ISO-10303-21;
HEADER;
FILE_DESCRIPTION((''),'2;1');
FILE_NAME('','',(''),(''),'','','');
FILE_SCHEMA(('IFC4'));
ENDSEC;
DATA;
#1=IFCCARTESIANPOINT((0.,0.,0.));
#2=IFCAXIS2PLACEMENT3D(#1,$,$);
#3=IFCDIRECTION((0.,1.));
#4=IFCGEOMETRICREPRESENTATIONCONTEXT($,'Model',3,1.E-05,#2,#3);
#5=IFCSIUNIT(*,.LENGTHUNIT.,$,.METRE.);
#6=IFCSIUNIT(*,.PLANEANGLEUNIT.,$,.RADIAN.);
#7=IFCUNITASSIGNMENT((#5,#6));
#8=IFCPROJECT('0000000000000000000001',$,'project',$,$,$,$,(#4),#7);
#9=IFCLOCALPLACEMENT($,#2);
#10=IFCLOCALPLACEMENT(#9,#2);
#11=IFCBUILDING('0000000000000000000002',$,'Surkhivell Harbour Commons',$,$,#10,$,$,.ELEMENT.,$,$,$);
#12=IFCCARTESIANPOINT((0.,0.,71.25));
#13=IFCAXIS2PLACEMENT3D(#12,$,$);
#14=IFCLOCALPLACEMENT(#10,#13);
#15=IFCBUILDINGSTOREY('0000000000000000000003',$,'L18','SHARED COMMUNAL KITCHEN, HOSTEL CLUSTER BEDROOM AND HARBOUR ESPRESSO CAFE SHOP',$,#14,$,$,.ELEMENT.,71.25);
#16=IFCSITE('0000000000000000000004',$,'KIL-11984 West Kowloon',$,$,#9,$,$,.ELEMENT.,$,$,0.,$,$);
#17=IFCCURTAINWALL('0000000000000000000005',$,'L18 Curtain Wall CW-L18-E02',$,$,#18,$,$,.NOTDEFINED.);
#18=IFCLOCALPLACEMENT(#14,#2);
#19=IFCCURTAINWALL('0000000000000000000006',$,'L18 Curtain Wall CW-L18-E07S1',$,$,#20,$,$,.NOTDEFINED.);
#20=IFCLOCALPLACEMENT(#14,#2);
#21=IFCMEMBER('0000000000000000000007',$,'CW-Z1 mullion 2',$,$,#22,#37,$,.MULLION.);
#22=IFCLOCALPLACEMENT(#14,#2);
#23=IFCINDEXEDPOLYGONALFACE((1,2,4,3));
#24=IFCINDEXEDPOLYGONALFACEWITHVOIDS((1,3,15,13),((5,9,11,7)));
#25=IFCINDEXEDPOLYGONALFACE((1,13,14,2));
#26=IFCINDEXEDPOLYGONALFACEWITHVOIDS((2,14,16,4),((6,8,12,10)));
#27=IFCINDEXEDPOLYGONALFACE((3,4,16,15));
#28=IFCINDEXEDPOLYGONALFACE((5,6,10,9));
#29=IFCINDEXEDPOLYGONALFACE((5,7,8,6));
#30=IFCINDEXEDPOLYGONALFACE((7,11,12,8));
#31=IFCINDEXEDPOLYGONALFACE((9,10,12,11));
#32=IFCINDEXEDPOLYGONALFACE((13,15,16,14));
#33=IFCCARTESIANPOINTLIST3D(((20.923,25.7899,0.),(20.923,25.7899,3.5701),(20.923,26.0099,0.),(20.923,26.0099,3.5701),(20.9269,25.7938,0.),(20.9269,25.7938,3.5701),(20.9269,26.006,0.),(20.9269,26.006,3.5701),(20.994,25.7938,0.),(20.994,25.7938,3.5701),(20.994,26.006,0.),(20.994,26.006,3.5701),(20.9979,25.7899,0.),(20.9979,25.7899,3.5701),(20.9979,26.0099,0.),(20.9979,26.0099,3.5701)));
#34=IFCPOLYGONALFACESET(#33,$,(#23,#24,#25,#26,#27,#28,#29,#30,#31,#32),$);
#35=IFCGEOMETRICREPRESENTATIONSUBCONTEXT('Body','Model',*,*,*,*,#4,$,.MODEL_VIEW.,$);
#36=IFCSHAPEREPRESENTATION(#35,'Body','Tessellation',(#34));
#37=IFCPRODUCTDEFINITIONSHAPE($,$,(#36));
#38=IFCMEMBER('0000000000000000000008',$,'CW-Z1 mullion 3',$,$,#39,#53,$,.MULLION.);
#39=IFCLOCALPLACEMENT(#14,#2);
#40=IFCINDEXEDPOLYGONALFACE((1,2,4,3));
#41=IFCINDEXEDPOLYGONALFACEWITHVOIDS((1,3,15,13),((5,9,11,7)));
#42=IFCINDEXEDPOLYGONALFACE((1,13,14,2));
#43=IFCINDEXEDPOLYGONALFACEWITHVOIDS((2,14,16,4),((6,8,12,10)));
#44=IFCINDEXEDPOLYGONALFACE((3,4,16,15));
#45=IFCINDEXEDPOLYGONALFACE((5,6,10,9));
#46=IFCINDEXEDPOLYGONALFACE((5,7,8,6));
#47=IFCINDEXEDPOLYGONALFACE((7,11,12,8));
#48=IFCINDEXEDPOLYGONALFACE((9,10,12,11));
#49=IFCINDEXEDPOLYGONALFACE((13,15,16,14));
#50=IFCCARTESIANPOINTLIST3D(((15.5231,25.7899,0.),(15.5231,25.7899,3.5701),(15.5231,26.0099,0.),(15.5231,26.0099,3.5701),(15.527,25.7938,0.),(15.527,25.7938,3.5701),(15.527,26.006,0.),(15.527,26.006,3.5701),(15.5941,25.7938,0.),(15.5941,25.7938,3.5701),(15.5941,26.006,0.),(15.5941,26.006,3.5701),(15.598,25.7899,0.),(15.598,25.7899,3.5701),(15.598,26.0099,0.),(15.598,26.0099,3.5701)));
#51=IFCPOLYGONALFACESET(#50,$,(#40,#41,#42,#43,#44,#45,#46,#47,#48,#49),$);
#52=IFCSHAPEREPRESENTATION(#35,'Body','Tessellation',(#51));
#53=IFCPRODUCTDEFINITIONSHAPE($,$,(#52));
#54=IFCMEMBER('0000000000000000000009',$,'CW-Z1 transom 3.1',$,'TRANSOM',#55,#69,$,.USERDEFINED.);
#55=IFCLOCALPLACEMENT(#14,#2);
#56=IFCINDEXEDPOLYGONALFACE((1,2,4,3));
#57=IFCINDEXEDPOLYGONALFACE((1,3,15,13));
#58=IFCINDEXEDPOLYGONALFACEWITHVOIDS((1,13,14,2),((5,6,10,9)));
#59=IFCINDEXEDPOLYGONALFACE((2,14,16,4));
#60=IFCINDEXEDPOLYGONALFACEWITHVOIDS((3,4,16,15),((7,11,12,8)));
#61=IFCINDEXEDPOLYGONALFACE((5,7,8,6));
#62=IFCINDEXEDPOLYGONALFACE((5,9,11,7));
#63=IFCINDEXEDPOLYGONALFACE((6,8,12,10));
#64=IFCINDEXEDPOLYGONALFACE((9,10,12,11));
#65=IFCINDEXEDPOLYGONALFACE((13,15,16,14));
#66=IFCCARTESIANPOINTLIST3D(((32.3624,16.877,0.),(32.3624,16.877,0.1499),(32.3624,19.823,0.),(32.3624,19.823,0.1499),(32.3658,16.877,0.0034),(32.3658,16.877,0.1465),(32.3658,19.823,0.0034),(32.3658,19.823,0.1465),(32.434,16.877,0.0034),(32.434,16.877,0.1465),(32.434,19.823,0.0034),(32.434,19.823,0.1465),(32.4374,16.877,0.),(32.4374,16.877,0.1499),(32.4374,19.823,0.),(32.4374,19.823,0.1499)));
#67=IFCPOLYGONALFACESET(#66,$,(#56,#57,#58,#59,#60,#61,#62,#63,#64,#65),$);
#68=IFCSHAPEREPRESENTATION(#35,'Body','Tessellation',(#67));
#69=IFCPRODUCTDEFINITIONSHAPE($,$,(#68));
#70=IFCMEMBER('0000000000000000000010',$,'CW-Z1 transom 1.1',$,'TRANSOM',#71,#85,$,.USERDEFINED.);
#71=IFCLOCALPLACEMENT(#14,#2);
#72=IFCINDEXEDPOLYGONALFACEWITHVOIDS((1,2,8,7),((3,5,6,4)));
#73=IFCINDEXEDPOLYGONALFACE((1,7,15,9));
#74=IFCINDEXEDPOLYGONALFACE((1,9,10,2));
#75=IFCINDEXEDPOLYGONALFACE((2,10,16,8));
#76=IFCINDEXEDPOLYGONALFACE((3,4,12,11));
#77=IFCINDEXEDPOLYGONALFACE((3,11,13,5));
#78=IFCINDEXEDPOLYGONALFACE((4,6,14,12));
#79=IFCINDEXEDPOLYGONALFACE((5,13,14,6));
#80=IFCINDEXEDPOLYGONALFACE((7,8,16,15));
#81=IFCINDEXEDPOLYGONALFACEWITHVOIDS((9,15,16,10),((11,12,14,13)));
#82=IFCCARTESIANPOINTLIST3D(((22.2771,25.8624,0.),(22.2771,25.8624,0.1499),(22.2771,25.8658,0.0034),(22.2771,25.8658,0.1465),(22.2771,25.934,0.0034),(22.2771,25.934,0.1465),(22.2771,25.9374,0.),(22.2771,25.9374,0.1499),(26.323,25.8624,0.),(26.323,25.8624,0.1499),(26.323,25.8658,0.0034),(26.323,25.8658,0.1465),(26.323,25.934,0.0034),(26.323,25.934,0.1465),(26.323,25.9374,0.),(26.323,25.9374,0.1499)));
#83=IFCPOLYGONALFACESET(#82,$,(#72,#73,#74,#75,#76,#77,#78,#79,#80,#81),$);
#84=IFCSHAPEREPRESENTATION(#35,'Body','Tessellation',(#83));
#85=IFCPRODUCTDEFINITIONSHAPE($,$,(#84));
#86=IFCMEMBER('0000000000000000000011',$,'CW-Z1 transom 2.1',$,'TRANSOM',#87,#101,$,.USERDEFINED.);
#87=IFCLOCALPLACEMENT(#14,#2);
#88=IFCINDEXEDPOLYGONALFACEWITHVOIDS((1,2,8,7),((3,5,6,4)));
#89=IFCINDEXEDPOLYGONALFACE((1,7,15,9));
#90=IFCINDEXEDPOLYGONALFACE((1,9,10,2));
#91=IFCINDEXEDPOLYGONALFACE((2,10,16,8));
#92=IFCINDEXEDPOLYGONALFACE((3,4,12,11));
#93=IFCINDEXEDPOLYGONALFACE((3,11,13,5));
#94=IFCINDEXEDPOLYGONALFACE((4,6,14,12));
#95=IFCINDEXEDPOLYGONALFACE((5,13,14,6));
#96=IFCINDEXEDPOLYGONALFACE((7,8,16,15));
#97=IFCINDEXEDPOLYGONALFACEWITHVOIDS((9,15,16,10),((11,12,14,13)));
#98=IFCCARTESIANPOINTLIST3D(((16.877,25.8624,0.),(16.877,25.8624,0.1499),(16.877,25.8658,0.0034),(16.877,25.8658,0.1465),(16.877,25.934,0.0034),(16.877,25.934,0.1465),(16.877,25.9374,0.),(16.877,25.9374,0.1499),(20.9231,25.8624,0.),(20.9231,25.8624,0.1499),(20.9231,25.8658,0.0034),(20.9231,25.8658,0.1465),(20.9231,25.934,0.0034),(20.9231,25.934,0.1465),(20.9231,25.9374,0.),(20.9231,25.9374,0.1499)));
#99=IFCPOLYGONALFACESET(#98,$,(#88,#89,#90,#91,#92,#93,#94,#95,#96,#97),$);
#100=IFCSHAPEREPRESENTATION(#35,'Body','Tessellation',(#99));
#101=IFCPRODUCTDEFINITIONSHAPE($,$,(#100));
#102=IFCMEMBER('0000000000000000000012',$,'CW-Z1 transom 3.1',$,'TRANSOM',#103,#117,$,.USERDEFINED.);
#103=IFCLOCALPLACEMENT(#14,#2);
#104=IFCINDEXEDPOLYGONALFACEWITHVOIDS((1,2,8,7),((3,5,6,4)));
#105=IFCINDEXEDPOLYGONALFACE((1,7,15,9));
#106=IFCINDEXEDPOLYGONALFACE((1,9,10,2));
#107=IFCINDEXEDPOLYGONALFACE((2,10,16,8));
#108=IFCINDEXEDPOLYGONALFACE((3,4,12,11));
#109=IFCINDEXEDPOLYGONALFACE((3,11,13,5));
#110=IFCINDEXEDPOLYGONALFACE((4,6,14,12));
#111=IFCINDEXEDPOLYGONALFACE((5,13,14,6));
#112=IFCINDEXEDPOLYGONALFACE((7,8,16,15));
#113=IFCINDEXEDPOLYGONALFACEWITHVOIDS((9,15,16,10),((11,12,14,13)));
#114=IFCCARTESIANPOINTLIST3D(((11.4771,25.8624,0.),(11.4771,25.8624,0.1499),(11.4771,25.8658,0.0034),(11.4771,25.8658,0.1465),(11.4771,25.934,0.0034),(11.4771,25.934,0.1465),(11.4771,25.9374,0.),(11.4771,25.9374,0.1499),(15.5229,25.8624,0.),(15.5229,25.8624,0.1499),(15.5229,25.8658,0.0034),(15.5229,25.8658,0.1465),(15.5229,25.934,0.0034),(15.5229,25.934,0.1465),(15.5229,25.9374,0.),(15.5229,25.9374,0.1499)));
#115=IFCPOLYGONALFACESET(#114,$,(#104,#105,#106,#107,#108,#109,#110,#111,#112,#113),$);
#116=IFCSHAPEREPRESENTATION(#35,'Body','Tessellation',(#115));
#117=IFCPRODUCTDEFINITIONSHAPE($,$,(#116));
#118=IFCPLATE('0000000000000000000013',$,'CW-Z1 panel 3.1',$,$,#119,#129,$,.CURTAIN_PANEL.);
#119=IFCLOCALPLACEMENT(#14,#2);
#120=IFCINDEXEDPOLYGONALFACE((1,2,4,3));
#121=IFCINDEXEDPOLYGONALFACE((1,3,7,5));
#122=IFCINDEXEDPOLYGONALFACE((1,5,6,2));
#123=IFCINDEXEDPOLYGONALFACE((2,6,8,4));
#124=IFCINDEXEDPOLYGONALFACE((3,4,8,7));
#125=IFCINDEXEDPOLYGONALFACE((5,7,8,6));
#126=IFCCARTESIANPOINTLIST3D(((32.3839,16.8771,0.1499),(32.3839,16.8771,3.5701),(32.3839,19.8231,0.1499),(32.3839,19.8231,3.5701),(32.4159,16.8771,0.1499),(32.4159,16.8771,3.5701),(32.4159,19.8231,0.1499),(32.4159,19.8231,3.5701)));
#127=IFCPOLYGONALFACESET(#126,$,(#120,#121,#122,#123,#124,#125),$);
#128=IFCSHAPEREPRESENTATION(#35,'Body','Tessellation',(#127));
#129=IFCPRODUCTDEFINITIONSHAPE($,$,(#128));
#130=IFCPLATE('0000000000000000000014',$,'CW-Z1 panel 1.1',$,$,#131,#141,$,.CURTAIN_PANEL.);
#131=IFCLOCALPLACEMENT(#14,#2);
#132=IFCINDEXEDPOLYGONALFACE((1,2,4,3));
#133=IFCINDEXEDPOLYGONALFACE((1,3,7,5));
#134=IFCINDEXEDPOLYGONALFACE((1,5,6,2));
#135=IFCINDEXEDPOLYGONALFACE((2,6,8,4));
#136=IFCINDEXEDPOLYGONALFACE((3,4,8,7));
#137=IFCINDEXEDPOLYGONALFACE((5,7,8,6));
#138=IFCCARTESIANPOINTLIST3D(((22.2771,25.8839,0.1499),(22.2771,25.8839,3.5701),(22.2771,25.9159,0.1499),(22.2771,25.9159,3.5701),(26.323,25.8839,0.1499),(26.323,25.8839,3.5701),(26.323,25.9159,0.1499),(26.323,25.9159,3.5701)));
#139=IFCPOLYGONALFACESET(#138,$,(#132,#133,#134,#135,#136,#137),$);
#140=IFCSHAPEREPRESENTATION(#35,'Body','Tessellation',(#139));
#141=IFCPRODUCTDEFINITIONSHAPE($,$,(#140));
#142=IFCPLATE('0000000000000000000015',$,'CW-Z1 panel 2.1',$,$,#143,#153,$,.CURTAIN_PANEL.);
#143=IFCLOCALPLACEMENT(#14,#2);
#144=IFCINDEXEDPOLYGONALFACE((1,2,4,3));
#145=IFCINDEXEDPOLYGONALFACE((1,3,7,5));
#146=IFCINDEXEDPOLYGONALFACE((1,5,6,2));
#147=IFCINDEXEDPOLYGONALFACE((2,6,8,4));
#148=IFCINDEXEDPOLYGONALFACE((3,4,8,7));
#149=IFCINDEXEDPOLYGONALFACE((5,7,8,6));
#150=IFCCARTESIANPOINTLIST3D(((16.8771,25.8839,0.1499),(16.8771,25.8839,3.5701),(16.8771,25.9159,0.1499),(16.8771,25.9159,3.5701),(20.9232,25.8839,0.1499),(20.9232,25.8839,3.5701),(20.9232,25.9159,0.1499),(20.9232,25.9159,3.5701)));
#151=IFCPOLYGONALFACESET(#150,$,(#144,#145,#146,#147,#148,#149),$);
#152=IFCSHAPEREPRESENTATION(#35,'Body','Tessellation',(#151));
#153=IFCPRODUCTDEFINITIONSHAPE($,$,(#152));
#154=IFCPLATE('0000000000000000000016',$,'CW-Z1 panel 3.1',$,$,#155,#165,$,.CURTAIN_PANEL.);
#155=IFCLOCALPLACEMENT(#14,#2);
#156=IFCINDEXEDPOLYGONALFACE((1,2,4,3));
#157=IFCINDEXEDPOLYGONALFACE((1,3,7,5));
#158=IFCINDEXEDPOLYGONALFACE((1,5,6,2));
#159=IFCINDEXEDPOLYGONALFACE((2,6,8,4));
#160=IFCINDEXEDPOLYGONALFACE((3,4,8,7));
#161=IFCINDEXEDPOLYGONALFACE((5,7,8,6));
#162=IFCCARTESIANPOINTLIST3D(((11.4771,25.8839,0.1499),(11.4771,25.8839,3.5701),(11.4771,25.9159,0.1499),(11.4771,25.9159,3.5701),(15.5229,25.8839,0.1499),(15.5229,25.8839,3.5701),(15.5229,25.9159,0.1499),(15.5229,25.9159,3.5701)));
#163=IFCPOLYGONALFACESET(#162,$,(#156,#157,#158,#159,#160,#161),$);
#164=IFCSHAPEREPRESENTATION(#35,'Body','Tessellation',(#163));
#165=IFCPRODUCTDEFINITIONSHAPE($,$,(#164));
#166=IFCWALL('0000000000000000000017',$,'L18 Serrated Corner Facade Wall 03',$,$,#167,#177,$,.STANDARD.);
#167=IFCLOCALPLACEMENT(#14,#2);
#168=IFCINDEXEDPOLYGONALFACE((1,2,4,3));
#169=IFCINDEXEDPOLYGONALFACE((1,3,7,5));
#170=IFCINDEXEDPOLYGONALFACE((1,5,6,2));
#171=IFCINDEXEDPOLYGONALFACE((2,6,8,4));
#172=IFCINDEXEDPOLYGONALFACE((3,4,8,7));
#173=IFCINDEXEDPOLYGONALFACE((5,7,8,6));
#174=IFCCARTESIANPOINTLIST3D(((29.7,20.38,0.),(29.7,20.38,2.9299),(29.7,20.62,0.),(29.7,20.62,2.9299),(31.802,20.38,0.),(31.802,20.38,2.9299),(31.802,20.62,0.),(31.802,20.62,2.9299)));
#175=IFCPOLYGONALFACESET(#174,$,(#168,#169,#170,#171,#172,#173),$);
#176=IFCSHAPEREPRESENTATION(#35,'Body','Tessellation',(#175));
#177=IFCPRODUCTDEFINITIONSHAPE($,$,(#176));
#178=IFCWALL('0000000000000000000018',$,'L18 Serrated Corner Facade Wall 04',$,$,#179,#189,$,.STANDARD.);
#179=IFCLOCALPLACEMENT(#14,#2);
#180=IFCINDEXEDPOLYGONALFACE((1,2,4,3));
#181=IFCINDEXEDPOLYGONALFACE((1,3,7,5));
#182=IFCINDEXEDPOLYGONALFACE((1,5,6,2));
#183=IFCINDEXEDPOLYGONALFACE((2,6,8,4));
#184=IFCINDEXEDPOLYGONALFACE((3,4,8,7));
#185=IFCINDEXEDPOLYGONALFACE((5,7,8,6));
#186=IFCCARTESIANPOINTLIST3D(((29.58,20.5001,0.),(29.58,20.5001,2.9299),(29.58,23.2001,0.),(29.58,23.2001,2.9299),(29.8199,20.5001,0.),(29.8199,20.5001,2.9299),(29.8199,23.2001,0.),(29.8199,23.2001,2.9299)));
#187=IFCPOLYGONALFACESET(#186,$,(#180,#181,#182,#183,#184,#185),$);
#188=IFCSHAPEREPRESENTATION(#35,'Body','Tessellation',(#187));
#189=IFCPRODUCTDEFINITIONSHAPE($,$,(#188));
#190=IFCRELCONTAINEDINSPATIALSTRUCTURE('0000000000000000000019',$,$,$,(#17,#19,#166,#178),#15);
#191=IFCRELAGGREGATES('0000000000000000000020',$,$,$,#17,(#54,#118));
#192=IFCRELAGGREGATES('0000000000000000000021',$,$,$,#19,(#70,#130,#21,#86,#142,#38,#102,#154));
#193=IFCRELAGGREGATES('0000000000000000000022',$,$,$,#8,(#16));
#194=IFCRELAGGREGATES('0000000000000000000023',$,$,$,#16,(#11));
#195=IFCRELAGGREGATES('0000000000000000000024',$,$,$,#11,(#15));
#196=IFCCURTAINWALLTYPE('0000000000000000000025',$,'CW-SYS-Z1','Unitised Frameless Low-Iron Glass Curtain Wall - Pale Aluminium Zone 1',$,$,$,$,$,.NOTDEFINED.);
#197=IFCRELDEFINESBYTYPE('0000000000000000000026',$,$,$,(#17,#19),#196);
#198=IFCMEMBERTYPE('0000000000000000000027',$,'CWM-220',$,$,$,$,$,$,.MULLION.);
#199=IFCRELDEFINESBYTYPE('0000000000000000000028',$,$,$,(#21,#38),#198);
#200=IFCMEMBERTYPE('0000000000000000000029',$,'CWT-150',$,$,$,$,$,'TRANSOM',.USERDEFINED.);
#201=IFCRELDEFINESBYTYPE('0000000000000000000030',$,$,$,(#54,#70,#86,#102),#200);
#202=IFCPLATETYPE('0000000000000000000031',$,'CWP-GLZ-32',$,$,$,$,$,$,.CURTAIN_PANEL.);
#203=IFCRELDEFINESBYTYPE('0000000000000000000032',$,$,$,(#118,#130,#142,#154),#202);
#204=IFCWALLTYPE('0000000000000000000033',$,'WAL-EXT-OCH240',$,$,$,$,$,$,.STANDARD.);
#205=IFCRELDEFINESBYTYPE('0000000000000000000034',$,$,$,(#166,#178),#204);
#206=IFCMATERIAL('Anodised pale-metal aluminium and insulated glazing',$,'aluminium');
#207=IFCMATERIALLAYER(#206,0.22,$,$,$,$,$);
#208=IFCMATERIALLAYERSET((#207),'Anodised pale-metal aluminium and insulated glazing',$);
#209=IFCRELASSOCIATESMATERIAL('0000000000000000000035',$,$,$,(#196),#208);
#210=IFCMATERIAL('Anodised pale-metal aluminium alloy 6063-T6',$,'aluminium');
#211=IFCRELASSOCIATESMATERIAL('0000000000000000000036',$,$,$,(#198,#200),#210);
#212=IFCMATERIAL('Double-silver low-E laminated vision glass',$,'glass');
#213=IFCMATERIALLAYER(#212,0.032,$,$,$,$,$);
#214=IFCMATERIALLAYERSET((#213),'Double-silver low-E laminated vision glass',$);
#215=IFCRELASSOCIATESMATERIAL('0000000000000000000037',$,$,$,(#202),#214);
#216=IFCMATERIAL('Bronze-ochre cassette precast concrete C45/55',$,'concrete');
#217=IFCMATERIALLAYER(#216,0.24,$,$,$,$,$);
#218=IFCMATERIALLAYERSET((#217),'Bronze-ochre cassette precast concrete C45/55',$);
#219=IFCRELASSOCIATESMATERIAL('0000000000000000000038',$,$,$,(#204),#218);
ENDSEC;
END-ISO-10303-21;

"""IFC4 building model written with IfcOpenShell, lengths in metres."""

from ifc_helpers import new_model, si_unit, direction, frame, frame_2d, origin, origin_2d, place, context, subcontext, project, spatial, rectangle, hollow_rectangle, extrude, material, layer, layer_set, material_profile, profile_set, type_object, element, aggregate, save


model = new_model("IFC4")

# Units and contexts
model_context = context("Model", 3, precision=1e-05, world=origin(), true_north=direction((0.0, 1.0)))
body_context = subcontext(model_context, "Body", "Model", "MODEL_VIEW")
ifc_project = project(units=[si_unit("LENGTHUNIT", "METRE"), si_unit("PLANEANGLEUNIT", "RADIAN")], contexts=[model_context])

# Site, building, storey
site_placement = place(None, origin())
site = spatial("IfcSite", under=ifc_project, at=site_placement, Name="KIL-11984 West Kowloon", CompositionType="ELEMENT", RefElevation=0.0)
building_placement = place(site_placement, origin())
building = spatial("IfcBuilding", under=site, at=building_placement, Name="Surkhivell Harbour Commons", CompositionType="ELEMENT")
storey_placement = place(building_placement, frame((0.0, 0.0, 71.25)))
storey = spatial("IfcBuildingStorey", under=building, at=storey_placement, Name="L18", Description="SHARED COMMUNAL KITCHEN, HOSTEL CLUSTER BEDROOM AND HARBOUR ESPRESSO CAFE SHOP", CompositionType="ELEMENT", Elevation=71.25)

# Curtain wall
ifc_material_1 = material(Name="Anodised pale-metal aluminium and insulated glazing", Category="aluminium")
ifc_layer_1 = layer(ifc_material_1, 0.22)
ifc_layer_set_1 = layer_set([ifc_layer_1], Name="Anodised pale-metal aluminium and insulated glazing")
curtain_wall_type = type_object("IfcCurtainWallType", Name="CW-SYS-Z1", Description="Unitised Frameless Low-Iron Glass Curtain Wall - Pale Aluminium Zone 1", PredefinedType="NOTDEFINED", material=ifc_layer_set_1)
curtain_wall_1_placement = place(storey_placement, origin())
curtain_wall_1 = element("IfcCurtainWall", 1, at=curtain_wall_1_placement, inside=storey, type_object=curtain_wall_type, Name="L18 Curtain Wall CW-L18-E02", PredefinedType="NOTDEFINED")
ifc_material_2 = material(Name="Anodised pale-metal aluminium alloy 6063-T6", Category="aluminium")
ifc_material_profile_1 = material_profile(ifc_material_2, hollow_rectangle(XDim=0.075, YDim=0.22, WallThickness=0.0039, at=origin_2d()), Name="ALU-MULL-75x220")
ifc_profile_set_1 = profile_set([ifc_material_profile_1], Name="Anodised pale-metal aluminium alloy 6063-T6")
member_type_1 = type_object("IfcMemberType", Name="CWM-220", PredefinedType="MULLION", material=ifc_profile_set_1)

# Curtain wall, members
curtain_wall_2_placement = place(storey_placement, origin())
curtain_wall_2 = element("IfcCurtainWall", 2, at=curtain_wall_2_placement, inside=storey, type_object=curtain_wall_type, Name="L18 Curtain Wall CW-L18-E07S1", PredefinedType="NOTDEFINED")
member_1_placement = place(storey_placement, frame((20.9604, 25.8999, 0.0), z_axis=(0.0, 0.0, 1.0), x_axis=(-1.0, 0.0, 0.0)))
member_1 = element("IfcMember", 3, at=member_1_placement, type_object=member_type_1, Name="CW-Z1 mullion 2", PredefinedType="MULLION", context=body_context, shape_type="SweptSolid", body=[
    extrude(hollow_rectangle(XDim=0.075, YDim=0.22, WallThickness=0.0039, at=origin_2d()), origin(), (0.0, 0.0, 1.0), 3.5701),
])
member_2_placement = place(storey_placement, frame((15.5605, 25.8999, 0.0), z_axis=(0.0, 0.0, 1.0), x_axis=(-1.0, 0.0, 0.0)))
member_2 = element("IfcMember", 4, at=member_2_placement, type_object=member_type_1, Name="CW-Z1 mullion 3", PredefinedType="MULLION", context=body_context, shape_type="SweptSolid", body=[
    extrude(hollow_rectangle(XDim=0.075, YDim=0.22, WallThickness=0.0039, at=origin_2d()), origin(), (0.0, 0.0, 1.0), 3.5701),
])

# Members
ifc_material_profile_2 = material_profile(ifc_material_2, hollow_rectangle(XDim=0.075, YDim=0.1499, WallThickness=0.0034, at=origin_2d()), Name="ALU-TRAN-75x150")
ifc_profile_set_2 = profile_set([ifc_material_profile_2], Name="Anodised pale-metal aluminium alloy 6063-T6")
member_type_2 = type_object("IfcMemberType", Name="CWT-150", ElementType="TRANSOM", PredefinedType="USERDEFINED", material=ifc_profile_set_2)
member_3_placement = place(storey_placement, frame((32.3999, 16.877, 0.075), z_axis=(0.0, 1.0, 0.0), x_axis=(-1.0, 0.0, 0.0)))
member_3 = element("IfcMember", 5, at=member_3_placement, type_object=member_type_2, Name="CW-Z1 transom 3.1", ObjectType="TRANSOM", PredefinedType="USERDEFINED", context=body_context, shape_type="SweptSolid", body=[
    extrude(hollow_rectangle(XDim=0.075, YDim=0.1499, WallThickness=0.0034, at=origin_2d()), origin(), (0.0, 0.0, 1.0), 2.946),
])
member_4_placement = place(storey_placement, frame((26.323, 25.8999, 0.075), z_axis=(-1.0, 0.0, 0.0), x_axis=(0.0, -1.0, 0.0)))
member_4 = element("IfcMember", 6, at=member_4_placement, type_object=member_type_2, Name="CW-Z1 transom 1.1", ObjectType="TRANSOM", PredefinedType="USERDEFINED", context=body_context, shape_type="SweptSolid", body=[
    extrude(hollow_rectangle(XDim=0.075, YDim=0.1499, WallThickness=0.0034, at=origin_2d()), origin(), (0.0, 0.0, 1.0), 4.0459),
])
member_5_placement = place(storey_placement, frame((20.9231, 25.8999, 0.075), z_axis=(-1.0, 0.0, 0.0), x_axis=(0.0, -1.0, 0.0)))
member_5 = element("IfcMember", 7, at=member_5_placement, type_object=member_type_2, Name="CW-Z1 transom 2.1", ObjectType="TRANSOM", PredefinedType="USERDEFINED", context=body_context, shape_type="SweptSolid", body=[
    extrude(hollow_rectangle(XDim=0.075, YDim=0.1499, WallThickness=0.0034, at=origin_2d()), origin(), (0.0, 0.0, 1.0), 4.0461),
])
member_6_placement = place(storey_placement, frame((15.5229, 25.8999, 0.075), z_axis=(-1.0, 0.0, 0.0), x_axis=(0.0, -1.0, 0.0)))
member_6 = element("IfcMember", 8, at=member_6_placement, type_object=member_type_2, Name="CW-Z1 transom 3.1", ObjectType="TRANSOM", PredefinedType="USERDEFINED", context=body_context, shape_type="SweptSolid", body=[
    extrude(hollow_rectangle(XDim=0.075, YDim=0.1499, WallThickness=0.0034, at=origin_2d()), origin(), (0.0, 0.0, 1.0), 4.0459),
])

# Plates
ifc_material_3 = material(Name="Double-silver low-E laminated vision glass", Category="glass")
ifc_layer_2 = layer(ifc_material_3, 0.032)
ifc_layer_set_2 = layer_set([ifc_layer_2], Name="Double-silver low-E laminated vision glass")
plate_type = type_object("IfcPlateType", Name="CWP-GLZ-32", PredefinedType="CURTAIN_PANEL", material=ifc_layer_set_2)
plate_1_placement = place(storey_placement, frame((32.3999, 16.877, 0.1499), z_axis=(0.0, 0.0, 1.0), x_axis=(0.0, 1.0, 0.0)))
plate_1 = element("IfcPlate", 9, at=plate_1_placement, type_object=plate_type, Name="CW-Z1 panel 3.1", PredefinedType="CURTAIN_PANEL", context=body_context, shape_type="SweptSolid", body=[
    extrude(rectangle(XDim=2.946, YDim=0.032, at=frame_2d((1.4731, 0.0))), origin(), (0.0, 0.0, 1.0), 3.4202),
])
aggregate(curtain_wall_1, [member_3, plate_1])
plate_2_placement = place(storey_placement, frame((26.323, 25.8999, 0.1499), z_axis=(0.0, 0.0, 1.0), x_axis=(-1.0, 0.0, 0.0)))
plate_2 = element("IfcPlate", 10, at=plate_2_placement, type_object=plate_type, Name="CW-Z1 panel 1.1", PredefinedType="CURTAIN_PANEL", context=body_context, shape_type="SweptSolid", body=[
    extrude(rectangle(XDim=4.0459, YDim=0.032, at=frame_2d((2.0229, 0.0))), origin(), (0.0, 0.0, 1.0), 3.4202),
])
plate_3_placement = place(storey_placement, frame((20.9231, 25.8999, 0.1499), z_axis=(0.0, 0.0, 1.0), x_axis=(-1.0, 0.0, 0.0)))
plate_3 = element("IfcPlate", 11, at=plate_3_placement, type_object=plate_type, Name="CW-Z1 panel 2.1", PredefinedType="CURTAIN_PANEL", context=body_context, shape_type="SweptSolid", body=[
    extrude(rectangle(XDim=4.0461, YDim=0.032, at=frame_2d((2.0229, 0.0))), origin(), (0.0, 0.0, 1.0), 3.4202),
])
plate_4_placement = place(storey_placement, frame((15.5229, 25.8999, 0.1499), z_axis=(0.0, 0.0, 1.0), x_axis=(-1.0, 0.0, 0.0)))
plate_4 = element("IfcPlate", 12, at=plate_4_placement, type_object=plate_type, Name="CW-Z1 panel 3.1", PredefinedType="CURTAIN_PANEL", context=body_context, shape_type="SweptSolid", body=[
    extrude(rectangle(XDim=4.0459, YDim=0.032, at=frame_2d((2.0229, 0.0))), origin(), (0.0, 0.0, 1.0), 3.4202),
])
aggregate(curtain_wall_2, [member_4, plate_2, member_1, member_5, plate_3, member_2, member_6, plate_4])

# Walls
ifc_material_4 = material(Name="Bronze-ochre cassette precast concrete C45/55", Category="concrete")
ifc_layer_3 = layer(ifc_material_4, 0.24)
ifc_layer_set_3 = layer_set([ifc_layer_3], Name="Bronze-ochre cassette precast concrete C45/55")
wall_type = type_object("IfcWallType", Name="WAL-EXT-OCH240", PredefinedType="STANDARD", material=ifc_layer_set_3)
wall_1_placement = place(storey_placement, frame((31.802, 20.5, 0.0), z_axis=(0.0, 0.0, 1.0), x_axis=(-1.0, 0.0, 0.0)))
element("IfcWall", 13, at=wall_1_placement, inside=storey, type_object=wall_type, Name="L18 Serrated Corner Facade Wall 03", PredefinedType="STANDARD", context=body_context, shape_type="SweptSolid", body=[
    extrude(rectangle(XDim=2.1021, YDim=0.24, at=frame_2d((1.051, 0.0))), origin(), (0.0, 0.0, 1.0), 2.9299),
])
wall_2_placement = place(storey_placement, frame((29.7, 20.5, 0.0), z_axis=(0.0, 0.0, 1.0), x_axis=(0.0, 1.0, 0.0)))
element("IfcWall", 14, at=wall_2_placement, inside=storey, type_object=wall_type, Name="L18 Serrated Corner Facade Wall 04", PredefinedType="STANDARD", context=body_context, shape_type="SweptSolid", body=[
    extrude(rectangle(XDim=2.7, YDim=0.24, at=frame_2d((1.3501, 0.0))), origin(), (0.0, 0.0, 1.0), 2.9299),
])

save(model, "model.ifc")
